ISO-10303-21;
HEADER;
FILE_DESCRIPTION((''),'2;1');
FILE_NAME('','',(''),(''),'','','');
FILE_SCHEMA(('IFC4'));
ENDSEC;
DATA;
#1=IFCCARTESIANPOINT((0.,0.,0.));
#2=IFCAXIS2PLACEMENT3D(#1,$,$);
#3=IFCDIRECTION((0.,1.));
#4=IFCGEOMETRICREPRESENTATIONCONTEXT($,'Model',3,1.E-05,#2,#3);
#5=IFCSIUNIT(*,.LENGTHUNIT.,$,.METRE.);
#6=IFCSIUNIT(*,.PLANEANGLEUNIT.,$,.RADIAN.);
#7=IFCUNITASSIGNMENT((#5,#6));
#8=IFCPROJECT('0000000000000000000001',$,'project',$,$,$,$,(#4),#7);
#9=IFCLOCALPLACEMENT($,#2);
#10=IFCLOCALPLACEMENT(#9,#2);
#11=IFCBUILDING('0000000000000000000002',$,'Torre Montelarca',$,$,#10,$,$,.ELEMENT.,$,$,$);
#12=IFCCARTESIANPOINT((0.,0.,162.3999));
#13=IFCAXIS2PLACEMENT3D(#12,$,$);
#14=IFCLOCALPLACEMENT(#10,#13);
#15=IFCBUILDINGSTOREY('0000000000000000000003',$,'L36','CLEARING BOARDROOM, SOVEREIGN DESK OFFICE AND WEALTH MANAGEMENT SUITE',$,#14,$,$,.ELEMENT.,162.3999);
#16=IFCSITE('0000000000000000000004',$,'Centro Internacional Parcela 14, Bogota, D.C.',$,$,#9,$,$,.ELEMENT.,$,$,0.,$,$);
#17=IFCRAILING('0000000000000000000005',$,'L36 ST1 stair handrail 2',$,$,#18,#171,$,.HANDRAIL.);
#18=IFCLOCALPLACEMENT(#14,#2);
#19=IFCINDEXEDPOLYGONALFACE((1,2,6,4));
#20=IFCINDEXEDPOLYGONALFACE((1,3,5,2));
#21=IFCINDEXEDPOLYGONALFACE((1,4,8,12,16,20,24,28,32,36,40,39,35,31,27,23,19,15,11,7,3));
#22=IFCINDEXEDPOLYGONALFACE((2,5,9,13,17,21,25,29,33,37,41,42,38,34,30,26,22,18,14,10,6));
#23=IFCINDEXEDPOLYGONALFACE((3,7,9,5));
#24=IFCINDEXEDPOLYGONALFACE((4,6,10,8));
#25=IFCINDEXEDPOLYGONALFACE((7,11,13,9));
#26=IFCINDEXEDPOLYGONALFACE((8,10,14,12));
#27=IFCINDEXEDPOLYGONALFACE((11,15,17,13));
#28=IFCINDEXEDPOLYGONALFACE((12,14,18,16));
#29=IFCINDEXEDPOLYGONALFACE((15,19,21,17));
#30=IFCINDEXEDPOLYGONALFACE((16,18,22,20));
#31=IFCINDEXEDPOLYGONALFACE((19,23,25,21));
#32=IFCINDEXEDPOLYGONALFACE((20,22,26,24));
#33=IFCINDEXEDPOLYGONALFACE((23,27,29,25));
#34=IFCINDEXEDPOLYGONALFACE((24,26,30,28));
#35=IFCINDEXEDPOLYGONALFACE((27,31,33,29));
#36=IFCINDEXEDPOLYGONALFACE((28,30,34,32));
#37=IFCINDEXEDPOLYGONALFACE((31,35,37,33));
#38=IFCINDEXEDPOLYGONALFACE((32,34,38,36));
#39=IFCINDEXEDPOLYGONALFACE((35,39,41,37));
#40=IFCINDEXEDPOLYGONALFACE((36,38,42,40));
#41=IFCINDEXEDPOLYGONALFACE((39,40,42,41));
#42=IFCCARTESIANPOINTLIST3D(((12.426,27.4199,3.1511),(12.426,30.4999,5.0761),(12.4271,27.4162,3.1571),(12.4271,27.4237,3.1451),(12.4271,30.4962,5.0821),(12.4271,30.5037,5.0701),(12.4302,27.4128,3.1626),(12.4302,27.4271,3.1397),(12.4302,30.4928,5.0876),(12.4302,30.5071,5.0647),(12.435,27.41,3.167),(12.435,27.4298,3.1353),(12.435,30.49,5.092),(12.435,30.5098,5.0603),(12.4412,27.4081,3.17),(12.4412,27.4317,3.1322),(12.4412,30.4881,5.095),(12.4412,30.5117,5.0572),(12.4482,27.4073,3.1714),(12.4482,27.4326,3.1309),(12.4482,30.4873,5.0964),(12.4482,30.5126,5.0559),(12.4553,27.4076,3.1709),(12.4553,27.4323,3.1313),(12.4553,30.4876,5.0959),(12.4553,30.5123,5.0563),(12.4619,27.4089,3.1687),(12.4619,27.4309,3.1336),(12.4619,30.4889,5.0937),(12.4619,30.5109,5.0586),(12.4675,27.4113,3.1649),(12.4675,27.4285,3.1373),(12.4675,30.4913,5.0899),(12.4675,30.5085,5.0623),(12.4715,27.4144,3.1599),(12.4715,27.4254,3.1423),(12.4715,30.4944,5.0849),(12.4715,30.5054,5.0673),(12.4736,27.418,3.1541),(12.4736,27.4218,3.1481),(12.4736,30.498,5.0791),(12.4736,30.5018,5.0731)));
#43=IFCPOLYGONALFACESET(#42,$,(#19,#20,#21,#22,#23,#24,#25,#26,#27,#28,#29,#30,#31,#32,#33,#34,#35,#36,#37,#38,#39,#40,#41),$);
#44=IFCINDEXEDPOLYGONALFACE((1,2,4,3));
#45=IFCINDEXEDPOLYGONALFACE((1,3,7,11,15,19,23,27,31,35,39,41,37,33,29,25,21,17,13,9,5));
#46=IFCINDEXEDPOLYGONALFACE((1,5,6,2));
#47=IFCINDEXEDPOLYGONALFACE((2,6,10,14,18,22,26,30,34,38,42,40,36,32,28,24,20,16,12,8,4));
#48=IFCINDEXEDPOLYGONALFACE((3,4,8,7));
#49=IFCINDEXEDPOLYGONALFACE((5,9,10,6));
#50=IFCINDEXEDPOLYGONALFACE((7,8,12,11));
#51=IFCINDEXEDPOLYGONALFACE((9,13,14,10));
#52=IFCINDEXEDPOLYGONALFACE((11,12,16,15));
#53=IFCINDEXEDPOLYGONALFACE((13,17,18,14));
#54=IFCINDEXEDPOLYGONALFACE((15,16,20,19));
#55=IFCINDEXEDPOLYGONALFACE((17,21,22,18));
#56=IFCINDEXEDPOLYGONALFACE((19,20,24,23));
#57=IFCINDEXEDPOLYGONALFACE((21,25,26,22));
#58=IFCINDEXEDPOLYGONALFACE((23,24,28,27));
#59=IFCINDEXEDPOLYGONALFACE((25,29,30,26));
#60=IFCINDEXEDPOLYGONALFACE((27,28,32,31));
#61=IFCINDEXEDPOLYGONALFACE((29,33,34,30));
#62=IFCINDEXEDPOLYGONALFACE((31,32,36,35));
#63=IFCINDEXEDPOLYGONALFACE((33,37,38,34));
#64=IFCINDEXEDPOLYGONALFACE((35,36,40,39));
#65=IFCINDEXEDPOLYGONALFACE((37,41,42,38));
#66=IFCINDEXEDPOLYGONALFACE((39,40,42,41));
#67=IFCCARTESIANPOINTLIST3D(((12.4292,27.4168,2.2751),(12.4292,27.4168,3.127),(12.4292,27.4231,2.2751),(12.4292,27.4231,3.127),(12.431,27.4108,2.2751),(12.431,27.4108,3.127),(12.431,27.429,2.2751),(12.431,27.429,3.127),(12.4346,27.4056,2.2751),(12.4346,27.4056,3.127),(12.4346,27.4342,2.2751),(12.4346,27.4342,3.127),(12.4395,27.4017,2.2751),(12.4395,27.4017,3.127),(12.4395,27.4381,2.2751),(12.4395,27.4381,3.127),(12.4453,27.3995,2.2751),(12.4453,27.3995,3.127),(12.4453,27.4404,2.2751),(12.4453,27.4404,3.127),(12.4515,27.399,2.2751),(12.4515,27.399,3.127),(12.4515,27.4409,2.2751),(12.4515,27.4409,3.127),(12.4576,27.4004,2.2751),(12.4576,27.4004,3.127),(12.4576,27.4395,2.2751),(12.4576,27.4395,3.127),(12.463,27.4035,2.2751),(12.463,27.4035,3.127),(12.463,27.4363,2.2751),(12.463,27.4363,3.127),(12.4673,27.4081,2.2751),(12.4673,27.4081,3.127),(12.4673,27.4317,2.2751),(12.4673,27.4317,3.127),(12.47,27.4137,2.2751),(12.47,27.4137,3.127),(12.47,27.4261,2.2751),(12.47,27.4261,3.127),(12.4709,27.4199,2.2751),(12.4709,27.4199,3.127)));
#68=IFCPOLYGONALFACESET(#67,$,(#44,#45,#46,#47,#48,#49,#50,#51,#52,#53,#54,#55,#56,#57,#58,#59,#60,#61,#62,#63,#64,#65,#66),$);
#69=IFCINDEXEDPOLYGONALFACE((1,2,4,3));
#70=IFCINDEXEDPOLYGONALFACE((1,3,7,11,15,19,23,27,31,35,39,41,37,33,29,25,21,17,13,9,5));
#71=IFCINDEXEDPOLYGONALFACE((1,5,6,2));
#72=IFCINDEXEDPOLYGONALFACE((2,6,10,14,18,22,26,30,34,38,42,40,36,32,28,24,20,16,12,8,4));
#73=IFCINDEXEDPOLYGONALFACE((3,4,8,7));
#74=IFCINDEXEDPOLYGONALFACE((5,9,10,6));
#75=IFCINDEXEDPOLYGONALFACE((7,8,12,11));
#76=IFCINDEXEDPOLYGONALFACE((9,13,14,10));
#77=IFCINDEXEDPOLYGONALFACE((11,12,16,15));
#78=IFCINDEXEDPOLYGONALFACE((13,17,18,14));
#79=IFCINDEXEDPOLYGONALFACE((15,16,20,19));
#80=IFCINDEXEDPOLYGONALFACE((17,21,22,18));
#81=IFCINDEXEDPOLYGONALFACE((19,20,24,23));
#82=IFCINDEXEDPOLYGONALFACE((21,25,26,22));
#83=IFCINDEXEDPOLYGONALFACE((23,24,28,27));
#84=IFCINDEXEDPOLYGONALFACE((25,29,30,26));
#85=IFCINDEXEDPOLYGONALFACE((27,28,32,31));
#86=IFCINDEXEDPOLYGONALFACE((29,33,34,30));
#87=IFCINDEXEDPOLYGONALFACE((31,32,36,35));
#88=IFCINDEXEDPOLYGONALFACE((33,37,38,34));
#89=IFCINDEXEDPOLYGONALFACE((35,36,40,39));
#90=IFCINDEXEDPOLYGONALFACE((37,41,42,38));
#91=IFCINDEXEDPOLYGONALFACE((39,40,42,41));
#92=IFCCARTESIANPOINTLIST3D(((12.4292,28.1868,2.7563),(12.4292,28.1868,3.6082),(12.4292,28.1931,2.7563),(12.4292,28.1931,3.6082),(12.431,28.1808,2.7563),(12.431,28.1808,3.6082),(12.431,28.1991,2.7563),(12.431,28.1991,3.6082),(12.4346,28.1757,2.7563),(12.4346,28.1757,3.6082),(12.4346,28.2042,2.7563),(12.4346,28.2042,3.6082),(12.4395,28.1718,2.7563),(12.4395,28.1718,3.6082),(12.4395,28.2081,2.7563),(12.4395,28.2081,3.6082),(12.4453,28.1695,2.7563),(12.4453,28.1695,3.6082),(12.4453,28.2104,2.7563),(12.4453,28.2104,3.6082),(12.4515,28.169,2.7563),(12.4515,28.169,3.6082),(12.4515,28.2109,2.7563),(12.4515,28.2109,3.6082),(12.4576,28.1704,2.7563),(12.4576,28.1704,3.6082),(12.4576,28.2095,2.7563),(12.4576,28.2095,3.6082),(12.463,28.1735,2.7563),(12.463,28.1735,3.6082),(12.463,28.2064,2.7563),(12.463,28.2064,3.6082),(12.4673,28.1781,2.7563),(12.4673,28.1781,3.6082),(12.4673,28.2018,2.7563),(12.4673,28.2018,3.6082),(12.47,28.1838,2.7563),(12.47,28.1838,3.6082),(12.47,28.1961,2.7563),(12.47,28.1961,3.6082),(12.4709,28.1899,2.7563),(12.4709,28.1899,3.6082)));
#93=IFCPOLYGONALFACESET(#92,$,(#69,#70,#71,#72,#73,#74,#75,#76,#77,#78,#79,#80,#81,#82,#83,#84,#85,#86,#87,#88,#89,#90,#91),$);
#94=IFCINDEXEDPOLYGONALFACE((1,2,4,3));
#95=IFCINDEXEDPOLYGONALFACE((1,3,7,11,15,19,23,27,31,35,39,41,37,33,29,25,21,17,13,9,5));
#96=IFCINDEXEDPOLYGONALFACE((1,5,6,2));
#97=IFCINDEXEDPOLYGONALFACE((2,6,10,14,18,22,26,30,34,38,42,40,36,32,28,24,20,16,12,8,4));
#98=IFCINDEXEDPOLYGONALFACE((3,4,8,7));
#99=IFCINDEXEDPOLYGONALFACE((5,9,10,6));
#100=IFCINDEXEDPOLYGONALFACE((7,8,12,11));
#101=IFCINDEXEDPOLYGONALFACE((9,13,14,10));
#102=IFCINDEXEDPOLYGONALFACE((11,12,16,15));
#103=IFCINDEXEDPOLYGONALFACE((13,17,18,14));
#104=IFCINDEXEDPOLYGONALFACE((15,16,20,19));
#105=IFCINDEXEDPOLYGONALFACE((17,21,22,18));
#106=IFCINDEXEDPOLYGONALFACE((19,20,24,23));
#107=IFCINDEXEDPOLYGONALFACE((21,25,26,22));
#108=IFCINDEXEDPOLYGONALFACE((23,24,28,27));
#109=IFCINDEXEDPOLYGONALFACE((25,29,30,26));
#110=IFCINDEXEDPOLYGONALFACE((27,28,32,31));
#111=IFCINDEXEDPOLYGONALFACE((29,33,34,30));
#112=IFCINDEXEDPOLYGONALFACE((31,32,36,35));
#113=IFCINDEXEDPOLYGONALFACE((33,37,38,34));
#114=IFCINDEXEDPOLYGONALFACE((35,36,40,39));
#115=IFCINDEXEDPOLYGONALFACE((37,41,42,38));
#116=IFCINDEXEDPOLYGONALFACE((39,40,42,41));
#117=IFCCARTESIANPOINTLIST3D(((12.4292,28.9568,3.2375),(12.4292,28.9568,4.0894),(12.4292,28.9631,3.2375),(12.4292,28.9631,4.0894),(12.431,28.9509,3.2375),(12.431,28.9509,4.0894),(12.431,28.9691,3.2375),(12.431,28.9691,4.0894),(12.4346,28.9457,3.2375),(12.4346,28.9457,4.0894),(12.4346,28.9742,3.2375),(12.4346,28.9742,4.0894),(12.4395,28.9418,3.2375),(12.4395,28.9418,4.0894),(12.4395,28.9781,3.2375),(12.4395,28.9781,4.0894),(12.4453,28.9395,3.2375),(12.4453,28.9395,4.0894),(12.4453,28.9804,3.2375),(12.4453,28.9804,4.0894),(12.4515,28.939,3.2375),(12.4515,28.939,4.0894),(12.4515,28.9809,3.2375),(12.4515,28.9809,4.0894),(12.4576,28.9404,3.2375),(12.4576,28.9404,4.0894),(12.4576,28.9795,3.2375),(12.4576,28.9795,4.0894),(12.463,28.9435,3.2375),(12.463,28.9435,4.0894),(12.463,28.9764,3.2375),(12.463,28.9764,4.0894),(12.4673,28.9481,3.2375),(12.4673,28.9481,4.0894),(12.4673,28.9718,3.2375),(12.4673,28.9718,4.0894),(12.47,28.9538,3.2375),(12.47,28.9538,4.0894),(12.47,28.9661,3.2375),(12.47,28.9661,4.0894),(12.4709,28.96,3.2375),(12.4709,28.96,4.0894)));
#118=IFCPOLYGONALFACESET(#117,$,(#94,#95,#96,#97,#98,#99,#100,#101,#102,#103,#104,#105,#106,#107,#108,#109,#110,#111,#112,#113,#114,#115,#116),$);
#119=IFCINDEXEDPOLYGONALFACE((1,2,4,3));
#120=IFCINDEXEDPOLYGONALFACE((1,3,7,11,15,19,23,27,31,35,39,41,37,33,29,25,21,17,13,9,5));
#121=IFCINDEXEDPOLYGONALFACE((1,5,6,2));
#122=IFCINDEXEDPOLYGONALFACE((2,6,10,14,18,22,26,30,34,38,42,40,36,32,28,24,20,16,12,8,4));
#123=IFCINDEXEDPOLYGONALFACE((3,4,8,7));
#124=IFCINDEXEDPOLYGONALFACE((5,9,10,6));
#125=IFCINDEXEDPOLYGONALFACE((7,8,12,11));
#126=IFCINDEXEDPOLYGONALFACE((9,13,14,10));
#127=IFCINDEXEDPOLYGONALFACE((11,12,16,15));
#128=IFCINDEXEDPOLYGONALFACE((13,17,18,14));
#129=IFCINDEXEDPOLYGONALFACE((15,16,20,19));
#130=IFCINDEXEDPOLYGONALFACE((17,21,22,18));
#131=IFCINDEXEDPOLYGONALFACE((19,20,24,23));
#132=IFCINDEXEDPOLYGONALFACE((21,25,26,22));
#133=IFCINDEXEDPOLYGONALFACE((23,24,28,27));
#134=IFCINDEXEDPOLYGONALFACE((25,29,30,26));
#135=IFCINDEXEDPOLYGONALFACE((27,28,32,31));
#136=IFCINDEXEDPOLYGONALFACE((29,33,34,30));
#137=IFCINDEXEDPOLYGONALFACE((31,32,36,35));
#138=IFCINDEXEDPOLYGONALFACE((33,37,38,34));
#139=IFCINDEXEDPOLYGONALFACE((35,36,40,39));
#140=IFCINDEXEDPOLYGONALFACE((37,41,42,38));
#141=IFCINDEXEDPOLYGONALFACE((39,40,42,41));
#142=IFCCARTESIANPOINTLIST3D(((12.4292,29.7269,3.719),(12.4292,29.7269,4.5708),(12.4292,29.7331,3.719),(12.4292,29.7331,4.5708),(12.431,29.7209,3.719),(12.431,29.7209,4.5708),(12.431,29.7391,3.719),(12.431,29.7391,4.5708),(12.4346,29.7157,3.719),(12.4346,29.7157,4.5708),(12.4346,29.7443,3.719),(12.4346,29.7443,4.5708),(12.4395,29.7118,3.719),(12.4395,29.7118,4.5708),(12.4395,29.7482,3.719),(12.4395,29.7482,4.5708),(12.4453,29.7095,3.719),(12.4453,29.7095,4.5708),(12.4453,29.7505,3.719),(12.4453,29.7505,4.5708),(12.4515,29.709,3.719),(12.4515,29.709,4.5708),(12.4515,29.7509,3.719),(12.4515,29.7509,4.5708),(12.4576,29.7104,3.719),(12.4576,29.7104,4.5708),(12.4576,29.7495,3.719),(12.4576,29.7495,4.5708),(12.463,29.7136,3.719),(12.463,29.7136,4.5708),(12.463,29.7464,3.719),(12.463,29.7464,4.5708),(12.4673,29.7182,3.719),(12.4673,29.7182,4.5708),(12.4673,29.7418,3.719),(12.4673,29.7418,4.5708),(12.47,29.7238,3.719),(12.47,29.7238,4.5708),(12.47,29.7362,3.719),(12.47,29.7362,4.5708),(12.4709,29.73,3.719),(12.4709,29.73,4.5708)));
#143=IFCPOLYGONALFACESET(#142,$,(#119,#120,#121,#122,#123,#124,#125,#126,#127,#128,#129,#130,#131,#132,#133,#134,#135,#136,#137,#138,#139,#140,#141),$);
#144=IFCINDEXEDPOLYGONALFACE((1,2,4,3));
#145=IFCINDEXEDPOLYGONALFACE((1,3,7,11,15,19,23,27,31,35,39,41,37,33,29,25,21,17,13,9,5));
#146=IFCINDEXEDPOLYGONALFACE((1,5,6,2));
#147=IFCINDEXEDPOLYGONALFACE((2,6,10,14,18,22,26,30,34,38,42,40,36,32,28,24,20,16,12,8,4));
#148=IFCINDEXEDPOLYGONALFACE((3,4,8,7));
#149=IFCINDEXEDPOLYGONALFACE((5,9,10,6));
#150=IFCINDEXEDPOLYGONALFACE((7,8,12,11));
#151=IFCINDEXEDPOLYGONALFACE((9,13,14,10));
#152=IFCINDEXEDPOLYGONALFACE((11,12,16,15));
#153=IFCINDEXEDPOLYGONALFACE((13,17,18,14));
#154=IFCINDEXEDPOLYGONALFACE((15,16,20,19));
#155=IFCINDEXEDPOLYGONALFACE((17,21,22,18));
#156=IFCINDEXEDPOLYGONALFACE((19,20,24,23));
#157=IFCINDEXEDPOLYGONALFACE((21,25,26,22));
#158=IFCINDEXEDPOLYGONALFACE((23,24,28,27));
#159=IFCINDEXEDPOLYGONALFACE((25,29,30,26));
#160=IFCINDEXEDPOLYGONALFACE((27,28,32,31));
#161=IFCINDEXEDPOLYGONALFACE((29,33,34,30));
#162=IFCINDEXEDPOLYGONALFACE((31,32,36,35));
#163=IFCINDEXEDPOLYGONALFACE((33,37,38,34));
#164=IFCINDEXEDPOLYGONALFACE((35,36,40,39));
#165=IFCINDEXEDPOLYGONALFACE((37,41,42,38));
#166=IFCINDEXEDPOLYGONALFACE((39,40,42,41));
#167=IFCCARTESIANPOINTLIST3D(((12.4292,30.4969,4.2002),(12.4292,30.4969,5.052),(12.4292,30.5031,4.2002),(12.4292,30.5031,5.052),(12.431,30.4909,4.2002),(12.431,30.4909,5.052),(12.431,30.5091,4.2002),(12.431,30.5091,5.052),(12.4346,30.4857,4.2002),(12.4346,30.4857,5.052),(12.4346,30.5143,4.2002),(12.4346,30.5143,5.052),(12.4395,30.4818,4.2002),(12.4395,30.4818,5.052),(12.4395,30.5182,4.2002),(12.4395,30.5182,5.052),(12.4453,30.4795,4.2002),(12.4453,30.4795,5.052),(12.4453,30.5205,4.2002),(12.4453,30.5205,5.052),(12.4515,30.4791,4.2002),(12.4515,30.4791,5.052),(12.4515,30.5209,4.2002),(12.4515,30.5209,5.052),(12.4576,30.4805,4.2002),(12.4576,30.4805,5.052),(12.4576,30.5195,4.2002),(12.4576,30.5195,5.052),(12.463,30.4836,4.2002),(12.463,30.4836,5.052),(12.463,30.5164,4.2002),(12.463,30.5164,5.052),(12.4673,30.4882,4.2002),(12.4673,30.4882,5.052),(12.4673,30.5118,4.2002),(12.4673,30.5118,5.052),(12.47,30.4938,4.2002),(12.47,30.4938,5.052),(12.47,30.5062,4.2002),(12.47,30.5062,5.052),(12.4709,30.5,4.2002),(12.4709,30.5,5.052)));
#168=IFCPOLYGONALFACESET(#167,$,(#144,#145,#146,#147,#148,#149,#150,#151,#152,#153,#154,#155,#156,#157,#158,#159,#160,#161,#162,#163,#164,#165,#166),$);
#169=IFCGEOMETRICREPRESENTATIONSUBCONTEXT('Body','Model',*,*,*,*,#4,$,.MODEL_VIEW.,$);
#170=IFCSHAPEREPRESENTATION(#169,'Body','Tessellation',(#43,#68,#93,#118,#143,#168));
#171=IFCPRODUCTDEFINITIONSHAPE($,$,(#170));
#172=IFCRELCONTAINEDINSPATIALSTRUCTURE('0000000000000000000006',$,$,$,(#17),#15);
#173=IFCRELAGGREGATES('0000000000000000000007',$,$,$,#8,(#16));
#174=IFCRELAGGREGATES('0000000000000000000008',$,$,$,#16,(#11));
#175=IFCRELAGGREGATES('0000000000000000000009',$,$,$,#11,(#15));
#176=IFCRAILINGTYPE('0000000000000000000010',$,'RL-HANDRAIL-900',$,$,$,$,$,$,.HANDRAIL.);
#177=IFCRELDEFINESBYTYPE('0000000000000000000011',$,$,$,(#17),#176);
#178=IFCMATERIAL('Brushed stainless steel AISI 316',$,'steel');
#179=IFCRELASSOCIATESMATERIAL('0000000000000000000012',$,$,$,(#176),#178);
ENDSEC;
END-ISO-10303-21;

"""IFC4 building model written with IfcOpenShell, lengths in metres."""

from ifc_helpers import new_model, si_unit, direction, frame, origin, origin_2d, place, context, subcontext, project, spatial, circle, extrude, material, type_object, element, save


model = new_model("IFC4")

# Units and contexts
model_context = context("Model", 3, precision=1e-05, world=origin(), true_north=direction((0.0, 1.0)))
body_context = subcontext(model_context, "Body", "Model", "MODEL_VIEW")
ifc_project = project(units=[si_unit("LENGTHUNIT", "METRE"), si_unit("PLANEANGLEUNIT", "RADIAN")], contexts=[model_context])

# Site, building, storey
site_placement = place(None, origin())
site = spatial("IfcSite", under=ifc_project, at=site_placement, Name="Centro Internacional Parcela 14, Bogota, D.C.", CompositionType="ELEMENT", RefElevation=0.0)
building_placement = place(site_placement, origin())
building = spatial("IfcBuilding", under=site, at=building_placement, Name="Torre Montelarca", CompositionType="ELEMENT")
storey_placement = place(building_placement, frame((0.0, 0.0, 162.3999)))
storey = spatial("IfcBuildingStorey", under=building, at=storey_placement, Name="L36", Description="CLEARING BOARDROOM, SOVEREIGN DESK OFFICE AND WEALTH MANAGEMENT SUITE", CompositionType="ELEMENT", Elevation=162.3999)

# Railing
ifc_material_1 = material(Name="Brushed stainless steel AISI 316", Category="steel")
railing_type_1 = type_object("IfcRailingType", Name="RL-HANDRAIL-900", PredefinedType="HANDRAIL", material=ifc_material_1)
railing_1_placement = place(storey_placement, frame((12.45, 27.4199, 2.2751)))
element("IfcRailing", 1, at=railing_1_placement, inside=storey, type_object=railing_type_1, Name="L36 ST1 stair handrail 2", PredefinedType="HANDRAIL", context=body_context, shape_type="SweptSolid", body=[
    extrude(circle(Radius=0.0239, at=origin_2d()), frame((0.0, 0.0, 0.876), z_axis=(0.0, 0.847998, 0.529999), x_axis=(-1.0, 0.0, 0.0)), (0.0, 0.0, 1.0), 3.6321),
    extrude(circle(Radius=0.021, at=origin_2d()), origin(), (0.0, 0.0, 1.0), 0.8518),
    extrude(circle(Radius=0.021, at=origin_2d()), frame((0.0, 0.77, 0.4812)), (0.0, 0.0, 1.0), 0.8518),
    extrude(circle(Radius=0.021, at=origin_2d()), frame((0.0, 1.54, 0.9624)), (0.0, 0.0, 1.0), 0.8518),
    extrude(circle(Radius=0.021, at=origin_2d()), frame((0.0, 2.3101, 1.4438)), (0.0, 0.0, 1.0), 0.8518),
    extrude(circle(Radius=0.021, at=origin_2d()), frame((0.0, 3.0801, 1.925)), (0.0, 0.0, 1.0), 0.8518),
])

save(model, "model.ifc")
